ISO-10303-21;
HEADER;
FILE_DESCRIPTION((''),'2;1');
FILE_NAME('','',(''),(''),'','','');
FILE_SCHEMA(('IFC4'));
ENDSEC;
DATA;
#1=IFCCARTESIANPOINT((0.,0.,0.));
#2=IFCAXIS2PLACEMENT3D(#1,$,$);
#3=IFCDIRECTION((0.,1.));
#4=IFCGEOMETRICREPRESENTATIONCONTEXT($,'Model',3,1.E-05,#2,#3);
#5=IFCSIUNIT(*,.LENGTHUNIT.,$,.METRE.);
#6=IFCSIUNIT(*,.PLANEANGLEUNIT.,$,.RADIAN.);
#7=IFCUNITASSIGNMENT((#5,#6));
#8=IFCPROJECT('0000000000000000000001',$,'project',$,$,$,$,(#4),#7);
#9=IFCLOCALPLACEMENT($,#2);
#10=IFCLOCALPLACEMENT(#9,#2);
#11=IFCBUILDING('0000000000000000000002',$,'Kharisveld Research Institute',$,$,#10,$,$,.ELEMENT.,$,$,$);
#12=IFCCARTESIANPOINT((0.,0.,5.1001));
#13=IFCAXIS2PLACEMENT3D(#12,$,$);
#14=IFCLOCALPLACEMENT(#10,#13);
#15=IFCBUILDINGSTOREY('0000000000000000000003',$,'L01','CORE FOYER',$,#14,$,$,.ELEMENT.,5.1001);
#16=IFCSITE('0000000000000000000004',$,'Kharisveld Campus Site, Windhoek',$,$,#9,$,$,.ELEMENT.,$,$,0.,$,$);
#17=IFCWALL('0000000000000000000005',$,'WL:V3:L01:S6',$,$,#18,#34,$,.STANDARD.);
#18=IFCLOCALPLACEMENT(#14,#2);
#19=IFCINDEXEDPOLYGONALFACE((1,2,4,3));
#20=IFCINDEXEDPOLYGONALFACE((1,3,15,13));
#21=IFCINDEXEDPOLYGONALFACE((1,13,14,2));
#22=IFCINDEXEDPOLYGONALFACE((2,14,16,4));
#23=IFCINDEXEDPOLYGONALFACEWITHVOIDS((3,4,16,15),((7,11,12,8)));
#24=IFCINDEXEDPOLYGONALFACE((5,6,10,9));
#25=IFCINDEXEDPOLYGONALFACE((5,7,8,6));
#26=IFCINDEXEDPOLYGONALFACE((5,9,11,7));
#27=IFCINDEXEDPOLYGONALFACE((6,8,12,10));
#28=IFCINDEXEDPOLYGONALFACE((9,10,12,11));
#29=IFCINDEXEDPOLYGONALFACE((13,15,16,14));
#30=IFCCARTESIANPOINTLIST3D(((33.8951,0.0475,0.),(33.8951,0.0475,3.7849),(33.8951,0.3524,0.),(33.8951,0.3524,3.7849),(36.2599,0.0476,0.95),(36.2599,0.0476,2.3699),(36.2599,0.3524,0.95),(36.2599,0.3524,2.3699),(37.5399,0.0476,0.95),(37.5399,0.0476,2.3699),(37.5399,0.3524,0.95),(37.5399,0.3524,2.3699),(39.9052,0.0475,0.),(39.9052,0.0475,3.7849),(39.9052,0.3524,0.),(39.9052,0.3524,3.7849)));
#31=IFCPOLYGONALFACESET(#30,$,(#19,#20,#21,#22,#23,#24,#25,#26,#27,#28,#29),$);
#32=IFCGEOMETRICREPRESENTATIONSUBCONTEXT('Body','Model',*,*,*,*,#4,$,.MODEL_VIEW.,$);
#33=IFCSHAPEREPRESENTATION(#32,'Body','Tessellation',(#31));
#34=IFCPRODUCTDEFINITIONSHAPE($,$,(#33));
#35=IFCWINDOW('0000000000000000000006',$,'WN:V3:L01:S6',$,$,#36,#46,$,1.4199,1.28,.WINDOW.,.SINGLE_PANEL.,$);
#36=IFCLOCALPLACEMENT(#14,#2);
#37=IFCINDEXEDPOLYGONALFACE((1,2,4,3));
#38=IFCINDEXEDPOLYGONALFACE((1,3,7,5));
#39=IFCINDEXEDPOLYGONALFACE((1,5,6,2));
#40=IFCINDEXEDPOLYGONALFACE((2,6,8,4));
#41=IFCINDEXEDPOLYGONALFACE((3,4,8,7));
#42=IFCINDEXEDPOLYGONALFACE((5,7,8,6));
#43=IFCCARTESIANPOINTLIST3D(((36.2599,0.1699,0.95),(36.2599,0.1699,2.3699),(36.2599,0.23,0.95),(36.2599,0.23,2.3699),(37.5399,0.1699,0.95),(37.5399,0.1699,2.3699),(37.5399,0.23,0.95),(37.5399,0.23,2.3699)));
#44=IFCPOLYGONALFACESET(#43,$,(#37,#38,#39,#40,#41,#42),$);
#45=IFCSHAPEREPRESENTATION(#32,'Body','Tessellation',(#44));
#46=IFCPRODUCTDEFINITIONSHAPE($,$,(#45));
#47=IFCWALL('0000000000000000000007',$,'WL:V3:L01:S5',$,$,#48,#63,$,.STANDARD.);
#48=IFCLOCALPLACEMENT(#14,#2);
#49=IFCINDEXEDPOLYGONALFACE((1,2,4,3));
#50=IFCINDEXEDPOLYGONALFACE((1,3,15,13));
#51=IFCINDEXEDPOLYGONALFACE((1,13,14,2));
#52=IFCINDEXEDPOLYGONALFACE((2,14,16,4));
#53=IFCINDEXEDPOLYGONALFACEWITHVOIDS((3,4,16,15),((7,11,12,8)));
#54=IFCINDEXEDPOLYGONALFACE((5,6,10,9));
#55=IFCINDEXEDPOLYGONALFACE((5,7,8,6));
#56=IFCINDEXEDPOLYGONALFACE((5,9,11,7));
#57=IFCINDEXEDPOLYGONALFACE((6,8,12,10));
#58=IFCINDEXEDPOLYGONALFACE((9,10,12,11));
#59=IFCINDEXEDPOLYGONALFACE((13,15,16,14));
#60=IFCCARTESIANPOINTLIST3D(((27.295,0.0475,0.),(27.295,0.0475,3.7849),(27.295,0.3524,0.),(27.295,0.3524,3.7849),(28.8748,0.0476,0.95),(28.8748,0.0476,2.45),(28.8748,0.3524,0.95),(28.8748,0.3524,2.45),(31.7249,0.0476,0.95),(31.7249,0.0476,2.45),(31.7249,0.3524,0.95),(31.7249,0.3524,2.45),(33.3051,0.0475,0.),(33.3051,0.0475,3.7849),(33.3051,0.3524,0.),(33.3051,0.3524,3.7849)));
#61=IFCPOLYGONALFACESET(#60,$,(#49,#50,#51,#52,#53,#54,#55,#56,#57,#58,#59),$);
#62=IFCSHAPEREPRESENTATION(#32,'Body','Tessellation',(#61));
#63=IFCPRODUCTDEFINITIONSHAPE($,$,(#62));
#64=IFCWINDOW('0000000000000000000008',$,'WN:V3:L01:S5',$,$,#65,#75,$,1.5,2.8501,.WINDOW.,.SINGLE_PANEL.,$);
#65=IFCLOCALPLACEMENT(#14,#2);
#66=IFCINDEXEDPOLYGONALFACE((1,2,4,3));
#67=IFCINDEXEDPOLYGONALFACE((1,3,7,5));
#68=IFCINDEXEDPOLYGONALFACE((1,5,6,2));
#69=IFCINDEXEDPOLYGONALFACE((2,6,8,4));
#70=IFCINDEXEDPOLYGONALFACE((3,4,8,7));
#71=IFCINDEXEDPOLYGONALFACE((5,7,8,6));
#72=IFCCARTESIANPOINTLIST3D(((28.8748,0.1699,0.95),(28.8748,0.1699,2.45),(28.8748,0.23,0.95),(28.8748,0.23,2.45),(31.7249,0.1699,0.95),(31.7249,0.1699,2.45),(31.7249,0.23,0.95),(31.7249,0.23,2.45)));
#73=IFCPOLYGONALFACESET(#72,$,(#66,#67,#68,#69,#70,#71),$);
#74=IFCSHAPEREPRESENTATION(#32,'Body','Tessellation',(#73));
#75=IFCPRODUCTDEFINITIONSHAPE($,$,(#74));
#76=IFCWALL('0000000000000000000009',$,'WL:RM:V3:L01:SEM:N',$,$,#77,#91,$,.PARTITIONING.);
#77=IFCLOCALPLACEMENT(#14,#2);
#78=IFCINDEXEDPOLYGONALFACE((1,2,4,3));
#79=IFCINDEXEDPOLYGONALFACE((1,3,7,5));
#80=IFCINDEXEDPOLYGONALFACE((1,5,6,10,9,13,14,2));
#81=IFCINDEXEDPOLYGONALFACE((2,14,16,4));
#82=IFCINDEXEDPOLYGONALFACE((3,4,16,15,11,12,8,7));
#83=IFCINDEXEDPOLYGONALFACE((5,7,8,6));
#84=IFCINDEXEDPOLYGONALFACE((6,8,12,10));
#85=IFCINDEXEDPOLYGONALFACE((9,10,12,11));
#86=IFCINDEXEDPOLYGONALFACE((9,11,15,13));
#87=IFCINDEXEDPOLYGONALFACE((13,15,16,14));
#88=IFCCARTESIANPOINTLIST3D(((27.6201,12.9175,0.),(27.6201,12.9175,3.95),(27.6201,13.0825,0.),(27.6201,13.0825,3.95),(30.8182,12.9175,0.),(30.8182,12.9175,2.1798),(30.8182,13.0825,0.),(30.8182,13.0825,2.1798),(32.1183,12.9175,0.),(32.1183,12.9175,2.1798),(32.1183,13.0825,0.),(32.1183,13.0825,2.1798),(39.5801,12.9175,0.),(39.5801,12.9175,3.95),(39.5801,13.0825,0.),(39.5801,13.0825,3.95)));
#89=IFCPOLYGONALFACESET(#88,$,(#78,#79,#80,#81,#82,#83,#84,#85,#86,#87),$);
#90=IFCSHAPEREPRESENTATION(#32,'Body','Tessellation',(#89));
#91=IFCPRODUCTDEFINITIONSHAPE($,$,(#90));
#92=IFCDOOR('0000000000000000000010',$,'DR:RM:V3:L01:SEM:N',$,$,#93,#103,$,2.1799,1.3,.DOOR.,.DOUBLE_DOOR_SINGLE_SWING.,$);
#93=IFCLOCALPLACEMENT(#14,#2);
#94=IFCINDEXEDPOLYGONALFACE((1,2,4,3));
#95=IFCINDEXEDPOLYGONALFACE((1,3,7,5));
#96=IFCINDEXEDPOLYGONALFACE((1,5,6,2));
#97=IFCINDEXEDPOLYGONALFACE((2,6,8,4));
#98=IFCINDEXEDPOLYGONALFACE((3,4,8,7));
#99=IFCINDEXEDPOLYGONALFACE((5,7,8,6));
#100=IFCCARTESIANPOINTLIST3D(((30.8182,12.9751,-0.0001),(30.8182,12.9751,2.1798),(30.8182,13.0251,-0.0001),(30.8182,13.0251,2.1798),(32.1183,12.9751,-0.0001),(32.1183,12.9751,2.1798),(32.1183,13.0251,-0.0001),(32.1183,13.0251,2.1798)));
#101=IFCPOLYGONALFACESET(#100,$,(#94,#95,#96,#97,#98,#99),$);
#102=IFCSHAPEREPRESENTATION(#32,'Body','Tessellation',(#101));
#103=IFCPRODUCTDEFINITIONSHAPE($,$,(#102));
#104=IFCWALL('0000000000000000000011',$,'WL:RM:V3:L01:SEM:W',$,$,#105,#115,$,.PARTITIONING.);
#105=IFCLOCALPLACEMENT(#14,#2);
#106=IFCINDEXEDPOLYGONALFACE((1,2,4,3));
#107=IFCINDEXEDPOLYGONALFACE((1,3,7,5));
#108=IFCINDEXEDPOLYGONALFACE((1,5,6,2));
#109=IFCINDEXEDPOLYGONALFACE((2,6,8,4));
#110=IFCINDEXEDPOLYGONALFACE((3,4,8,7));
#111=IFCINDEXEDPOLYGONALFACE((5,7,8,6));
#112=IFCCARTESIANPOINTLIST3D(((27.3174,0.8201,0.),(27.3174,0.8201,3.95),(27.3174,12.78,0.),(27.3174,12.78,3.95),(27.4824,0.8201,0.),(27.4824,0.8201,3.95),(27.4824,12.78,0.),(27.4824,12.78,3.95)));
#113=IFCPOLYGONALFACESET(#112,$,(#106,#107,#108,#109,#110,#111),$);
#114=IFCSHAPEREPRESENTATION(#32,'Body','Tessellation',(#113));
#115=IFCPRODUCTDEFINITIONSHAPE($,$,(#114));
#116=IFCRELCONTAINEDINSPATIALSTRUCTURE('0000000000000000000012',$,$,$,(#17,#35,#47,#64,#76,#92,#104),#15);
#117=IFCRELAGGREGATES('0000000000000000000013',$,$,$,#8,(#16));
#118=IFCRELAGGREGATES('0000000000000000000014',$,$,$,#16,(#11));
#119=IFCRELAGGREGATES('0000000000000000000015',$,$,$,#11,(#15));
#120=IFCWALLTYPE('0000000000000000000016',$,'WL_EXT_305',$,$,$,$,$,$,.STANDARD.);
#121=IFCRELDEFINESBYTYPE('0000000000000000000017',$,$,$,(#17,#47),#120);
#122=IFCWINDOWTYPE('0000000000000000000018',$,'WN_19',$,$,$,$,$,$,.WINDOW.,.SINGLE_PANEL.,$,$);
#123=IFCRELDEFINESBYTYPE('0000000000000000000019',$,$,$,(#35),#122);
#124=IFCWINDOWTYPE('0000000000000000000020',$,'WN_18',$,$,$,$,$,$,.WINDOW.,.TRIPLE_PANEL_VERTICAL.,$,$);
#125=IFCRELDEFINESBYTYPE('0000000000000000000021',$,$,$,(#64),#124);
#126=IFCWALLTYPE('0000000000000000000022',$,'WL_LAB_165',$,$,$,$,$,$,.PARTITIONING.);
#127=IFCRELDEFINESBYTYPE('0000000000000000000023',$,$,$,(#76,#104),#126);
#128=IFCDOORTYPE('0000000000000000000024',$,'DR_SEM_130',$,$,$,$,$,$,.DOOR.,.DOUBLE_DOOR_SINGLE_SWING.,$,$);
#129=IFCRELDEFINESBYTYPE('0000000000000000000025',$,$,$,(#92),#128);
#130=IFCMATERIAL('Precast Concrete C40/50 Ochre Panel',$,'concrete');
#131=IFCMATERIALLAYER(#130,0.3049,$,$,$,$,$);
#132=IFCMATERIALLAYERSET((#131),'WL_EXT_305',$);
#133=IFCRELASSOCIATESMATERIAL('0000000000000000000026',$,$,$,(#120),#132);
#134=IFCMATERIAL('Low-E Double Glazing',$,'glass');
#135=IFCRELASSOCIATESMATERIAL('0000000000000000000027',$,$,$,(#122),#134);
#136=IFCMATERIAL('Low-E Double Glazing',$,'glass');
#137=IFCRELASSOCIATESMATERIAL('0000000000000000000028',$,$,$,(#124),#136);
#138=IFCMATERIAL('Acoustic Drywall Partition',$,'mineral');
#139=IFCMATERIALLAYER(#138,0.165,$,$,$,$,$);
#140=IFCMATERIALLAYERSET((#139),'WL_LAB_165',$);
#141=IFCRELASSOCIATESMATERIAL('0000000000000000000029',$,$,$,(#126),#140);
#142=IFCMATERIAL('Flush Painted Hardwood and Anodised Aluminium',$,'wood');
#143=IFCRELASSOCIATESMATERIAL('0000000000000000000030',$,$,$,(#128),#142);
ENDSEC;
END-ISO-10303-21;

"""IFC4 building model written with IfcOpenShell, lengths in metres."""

from ifc_helpers import new_model, si_unit, direction, frame, frame_2d, origin, place, context, subcontext, project, spatial, rectangle, extrude, material, layer, layer_set, type_object, element, fill, save


model = new_model("IFC4")

# Units and contexts
model_context = context("Model", 3, precision=1e-05, world=origin(), true_north=direction((0.0, 1.0)))
body_context = subcontext(model_context, "Body", "Model", "MODEL_VIEW")
ifc_project = project(units=[si_unit("LENGTHUNIT", "METRE"), si_unit("PLANEANGLEUNIT", "RADIAN")], contexts=[model_context])

# Site, building, storey
site_placement = place(None, origin())
site = spatial("IfcSite", under=ifc_project, at=site_placement, Name="Kharisveld Campus Site, Windhoek", CompositionType="ELEMENT", RefElevation=0.0)
building_placement = place(site_placement, origin())
building = spatial("IfcBuilding", under=site, at=building_placement, Name="Kharisveld Research Institute", CompositionType="ELEMENT")
storey_placement = place(building_placement, frame((0.0, 0.0, 5.1001)))
storey = spatial("IfcBuildingStorey", under=building, at=storey_placement, Name="L01", Description="CORE FOYER", CompositionType="ELEMENT", Elevation=5.1001)

# Walls, openings, windows
ifc_material_1 = material(Name="Precast Concrete C40/50 Ochre Panel", Category="concrete")
ifc_layer_1 = layer(ifc_material_1, 0.3049)
ifc_layer_set_1 = layer_set([ifc_layer_1], Name="WL_EXT_305")
wall_type_1 = type_object("IfcWallType", Name="WL_EXT_305", PredefinedType="STANDARD", material=ifc_layer_set_1)
wall_1_placement = place(storey_placement, frame((39.905, 0.2, 0.0), z_axis=(0.0, 0.0, 1.0), x_axis=(-1.0, 0.0, 0.0)))
wall_1 = element("IfcWall", 1, at=wall_1_placement, inside=storey, type_object=wall_type_1, Name="WL:V3:L01:S6", PredefinedType="STANDARD", context=body_context, shape_type="SweptSolid", body=[
    extrude(rectangle(XDim=6.01, YDim=0.3049, at=frame_2d((3.0049, 0.0))), origin(), (0.0, 0.0, 1.0), 3.7849),
])
opening_1_placement = place(wall_1_placement, frame((2.365, 0.0, 0.95)))
opening_1 = element("IfcOpeningElement", 2, at=opening_1_placement, cuts=wall_1, PredefinedType="OPENING", context=body_context, shape_type="SweptSolid", body=[
    extrude(rectangle(XDim=1.28, YDim=1.4199, at=frame_2d((0.6401, 0.71))), frame((0.0, 0.1523, 0.0), z_axis=(0.0, -1.0, 0.0), x_axis=(1.0, 0.0, 0.0)), (0.0, 0.0, 1.0), 0.3049),
])
ifc_material_2 = material(Name="Low-E Double Glazing", Category="glass")
window_type_1 = type_object("IfcWindowType", Name="WN_19", PartitioningType="SINGLE_PANEL", PredefinedType="WINDOW", material=ifc_material_2)
window_1_placement = place(opening_1_placement, origin())
window_1 = element("IfcWindow", 3, at=window_1_placement, inside=storey, type_object=window_type_1, Name="WN:V3:L01:S6", OverallHeight=1.4199, OverallWidth=1.28, PartitioningType="SINGLE_PANEL", PredefinedType="WINDOW", context=body_context, shape_type="SweptSolid", body=[
    extrude(rectangle(XDim=1.28, YDim=1.4199, at=frame_2d((0.6401, 0.71))), frame((0.0, 0.03, 0.0), z_axis=(0.0, -1.0, 0.0), x_axis=(1.0, 0.0, 0.0)), (0.0, 0.0, 1.0), 0.0601),
])
fill(opening_1, window_1)
wall_2_placement = place(storey_placement, frame((33.3049, 0.2, 0.0), z_axis=(0.0, 0.0, 1.0), x_axis=(-1.0, 0.0, 0.0)))
wall_2 = element("IfcWall", 4, at=wall_2_placement, inside=storey, type_object=wall_type_1, Name="WL:V3:L01:S5", PredefinedType="STANDARD", context=body_context, shape_type="SweptSolid", body=[
    extrude(rectangle(XDim=6.01, YDim=0.3049, at=frame_2d((3.0049, 0.0))), origin(), (0.0, 0.0, 1.0), 3.7849),
])
opening_2_placement = place(wall_2_placement, frame((1.5801, 0.0, 0.95)))
opening_2 = element("IfcOpeningElement", 5, at=opening_2_placement, cuts=wall_2, PredefinedType="OPENING", context=body_context, shape_type="SweptSolid", body=[
    extrude(rectangle(XDim=2.8501, YDim=1.5, at=frame_2d((1.425, 0.75))), frame((0.0, 0.1523, 0.0), z_axis=(0.0, -1.0, 0.0), x_axis=(1.0, 0.0, 0.0)), (0.0, 0.0, 1.0), 0.3049),
])
ifc_material_3 = material(Name="Low-E Double Glazing", Category="glass")
window_type_2 = type_object("IfcWindowType", Name="WN_18", PartitioningType="TRIPLE_PANEL_VERTICAL", PredefinedType="WINDOW", material=ifc_material_3)
window_2_placement = place(opening_2_placement, origin())
window_2 = element("IfcWindow", 6, at=window_2_placement, inside=storey, type_object=window_type_2, Name="WN:V3:L01:S5", OverallHeight=1.5, OverallWidth=2.8501, PartitioningType="SINGLE_PANEL", PredefinedType="WINDOW", context=body_context, shape_type="SweptSolid", body=[
    extrude(rectangle(XDim=2.8501, YDim=1.5, at=frame_2d((1.425, 0.75))), frame((0.0, 0.03, 0.0), z_axis=(0.0, -1.0, 0.0), x_axis=(1.0, 0.0, 0.0)), (0.0, 0.0, 1.0), 0.0601),
])
fill(opening_2, window_2)

# Wall, opening, door
ifc_material_4 = material(Name="Acoustic Drywall Partition", Category="mineral")
ifc_layer_2 = layer(ifc_material_4, 0.165)
ifc_layer_set_2 = layer_set([ifc_layer_2], Name="WL_LAB_165")
wall_type_2 = type_object("IfcWallType", Name="WL_LAB_165", PredefinedType="PARTITIONING", material=ifc_layer_set_2)
wall_3_placement = place(storey_placement, frame((39.5801, 13.0, 0.0), z_axis=(0.0, 0.0, 1.0), x_axis=(-1.0, 0.0, 0.0)))
wall_3 = element("IfcWall", 7, at=wall_3_placement, inside=storey, type_object=wall_type_2, Name="WL:RM:V3:L01:SEM:N", PredefinedType="PARTITIONING", context=body_context, shape_type="SweptSolid", body=[
    extrude(rectangle(XDim=11.96, YDim=0.165, at=frame_2d((5.98, 0.0))), origin(), (0.0, 0.0, 1.0), 3.95),
])
opening_3_placement = place(wall_3_placement, frame((7.4619, 0.0, 0.0)))
opening_3 = element("IfcOpeningElement", 8, at=opening_3_placement, cuts=wall_3, PredefinedType="OPENING", context=body_context, shape_type="SweptSolid", body=[
    extrude(rectangle(XDim=1.3, YDim=2.1799, at=frame_2d((0.6499, 1.0898))), frame((0.0, 0.0825, 0.0), z_axis=(0.0, -1.0, 0.0), x_axis=(1.0, 0.0, 0.0)), (0.0, 0.0, 1.0), 0.165),
])
ifc_material_5 = material(Name="Flush Painted Hardwood and Anodised Aluminium", Category="wood")
door_type = type_object("IfcDoorType", Name="DR_SEM_130", OperationType="DOUBLE_DOOR_SINGLE_SWING", PredefinedType="DOOR", material=ifc_material_5)
door_placement = place(opening_3_placement, origin())
door = element("IfcDoor", 9, at=door_placement, inside=storey, type_object=door_type, Name="DR:RM:V3:L01:SEM:N", OperationType="DOUBLE_DOOR_SINGLE_SWING", OverallHeight=2.1799, OverallWidth=1.3, PredefinedType="DOOR", context=body_context, shape_type="SweptSolid", body=[
    extrude(rectangle(XDim=1.3, YDim=2.1799, at=frame_2d((0.6499, 1.0898))), frame((0.0, 0.0249, 0.0), z_axis=(0.0, -1.0, 0.0), x_axis=(1.0, 0.0, 0.0)), (0.0, 0.0, 1.0), 0.05),
])
fill(opening_3, door)

# Wall
wall_4_placement = place(storey_placement, frame((27.3999, 12.78, 0.0), z_axis=(0.0, 0.0, 1.0), x_axis=(0.0, -1.0, 0.0)))
element("IfcWall", 10, at=wall_4_placement, inside=storey, type_object=wall_type_2, Name="WL:RM:V3:L01:SEM:W", PredefinedType="PARTITIONING", context=body_context, shape_type="SweptSolid", body=[
    extrude(rectangle(XDim=11.96, YDim=0.165, at=frame_2d((5.98, 0.0))), origin(), (0.0, 0.0, 1.0), 3.95),
])

save(model, "model.ifc")
